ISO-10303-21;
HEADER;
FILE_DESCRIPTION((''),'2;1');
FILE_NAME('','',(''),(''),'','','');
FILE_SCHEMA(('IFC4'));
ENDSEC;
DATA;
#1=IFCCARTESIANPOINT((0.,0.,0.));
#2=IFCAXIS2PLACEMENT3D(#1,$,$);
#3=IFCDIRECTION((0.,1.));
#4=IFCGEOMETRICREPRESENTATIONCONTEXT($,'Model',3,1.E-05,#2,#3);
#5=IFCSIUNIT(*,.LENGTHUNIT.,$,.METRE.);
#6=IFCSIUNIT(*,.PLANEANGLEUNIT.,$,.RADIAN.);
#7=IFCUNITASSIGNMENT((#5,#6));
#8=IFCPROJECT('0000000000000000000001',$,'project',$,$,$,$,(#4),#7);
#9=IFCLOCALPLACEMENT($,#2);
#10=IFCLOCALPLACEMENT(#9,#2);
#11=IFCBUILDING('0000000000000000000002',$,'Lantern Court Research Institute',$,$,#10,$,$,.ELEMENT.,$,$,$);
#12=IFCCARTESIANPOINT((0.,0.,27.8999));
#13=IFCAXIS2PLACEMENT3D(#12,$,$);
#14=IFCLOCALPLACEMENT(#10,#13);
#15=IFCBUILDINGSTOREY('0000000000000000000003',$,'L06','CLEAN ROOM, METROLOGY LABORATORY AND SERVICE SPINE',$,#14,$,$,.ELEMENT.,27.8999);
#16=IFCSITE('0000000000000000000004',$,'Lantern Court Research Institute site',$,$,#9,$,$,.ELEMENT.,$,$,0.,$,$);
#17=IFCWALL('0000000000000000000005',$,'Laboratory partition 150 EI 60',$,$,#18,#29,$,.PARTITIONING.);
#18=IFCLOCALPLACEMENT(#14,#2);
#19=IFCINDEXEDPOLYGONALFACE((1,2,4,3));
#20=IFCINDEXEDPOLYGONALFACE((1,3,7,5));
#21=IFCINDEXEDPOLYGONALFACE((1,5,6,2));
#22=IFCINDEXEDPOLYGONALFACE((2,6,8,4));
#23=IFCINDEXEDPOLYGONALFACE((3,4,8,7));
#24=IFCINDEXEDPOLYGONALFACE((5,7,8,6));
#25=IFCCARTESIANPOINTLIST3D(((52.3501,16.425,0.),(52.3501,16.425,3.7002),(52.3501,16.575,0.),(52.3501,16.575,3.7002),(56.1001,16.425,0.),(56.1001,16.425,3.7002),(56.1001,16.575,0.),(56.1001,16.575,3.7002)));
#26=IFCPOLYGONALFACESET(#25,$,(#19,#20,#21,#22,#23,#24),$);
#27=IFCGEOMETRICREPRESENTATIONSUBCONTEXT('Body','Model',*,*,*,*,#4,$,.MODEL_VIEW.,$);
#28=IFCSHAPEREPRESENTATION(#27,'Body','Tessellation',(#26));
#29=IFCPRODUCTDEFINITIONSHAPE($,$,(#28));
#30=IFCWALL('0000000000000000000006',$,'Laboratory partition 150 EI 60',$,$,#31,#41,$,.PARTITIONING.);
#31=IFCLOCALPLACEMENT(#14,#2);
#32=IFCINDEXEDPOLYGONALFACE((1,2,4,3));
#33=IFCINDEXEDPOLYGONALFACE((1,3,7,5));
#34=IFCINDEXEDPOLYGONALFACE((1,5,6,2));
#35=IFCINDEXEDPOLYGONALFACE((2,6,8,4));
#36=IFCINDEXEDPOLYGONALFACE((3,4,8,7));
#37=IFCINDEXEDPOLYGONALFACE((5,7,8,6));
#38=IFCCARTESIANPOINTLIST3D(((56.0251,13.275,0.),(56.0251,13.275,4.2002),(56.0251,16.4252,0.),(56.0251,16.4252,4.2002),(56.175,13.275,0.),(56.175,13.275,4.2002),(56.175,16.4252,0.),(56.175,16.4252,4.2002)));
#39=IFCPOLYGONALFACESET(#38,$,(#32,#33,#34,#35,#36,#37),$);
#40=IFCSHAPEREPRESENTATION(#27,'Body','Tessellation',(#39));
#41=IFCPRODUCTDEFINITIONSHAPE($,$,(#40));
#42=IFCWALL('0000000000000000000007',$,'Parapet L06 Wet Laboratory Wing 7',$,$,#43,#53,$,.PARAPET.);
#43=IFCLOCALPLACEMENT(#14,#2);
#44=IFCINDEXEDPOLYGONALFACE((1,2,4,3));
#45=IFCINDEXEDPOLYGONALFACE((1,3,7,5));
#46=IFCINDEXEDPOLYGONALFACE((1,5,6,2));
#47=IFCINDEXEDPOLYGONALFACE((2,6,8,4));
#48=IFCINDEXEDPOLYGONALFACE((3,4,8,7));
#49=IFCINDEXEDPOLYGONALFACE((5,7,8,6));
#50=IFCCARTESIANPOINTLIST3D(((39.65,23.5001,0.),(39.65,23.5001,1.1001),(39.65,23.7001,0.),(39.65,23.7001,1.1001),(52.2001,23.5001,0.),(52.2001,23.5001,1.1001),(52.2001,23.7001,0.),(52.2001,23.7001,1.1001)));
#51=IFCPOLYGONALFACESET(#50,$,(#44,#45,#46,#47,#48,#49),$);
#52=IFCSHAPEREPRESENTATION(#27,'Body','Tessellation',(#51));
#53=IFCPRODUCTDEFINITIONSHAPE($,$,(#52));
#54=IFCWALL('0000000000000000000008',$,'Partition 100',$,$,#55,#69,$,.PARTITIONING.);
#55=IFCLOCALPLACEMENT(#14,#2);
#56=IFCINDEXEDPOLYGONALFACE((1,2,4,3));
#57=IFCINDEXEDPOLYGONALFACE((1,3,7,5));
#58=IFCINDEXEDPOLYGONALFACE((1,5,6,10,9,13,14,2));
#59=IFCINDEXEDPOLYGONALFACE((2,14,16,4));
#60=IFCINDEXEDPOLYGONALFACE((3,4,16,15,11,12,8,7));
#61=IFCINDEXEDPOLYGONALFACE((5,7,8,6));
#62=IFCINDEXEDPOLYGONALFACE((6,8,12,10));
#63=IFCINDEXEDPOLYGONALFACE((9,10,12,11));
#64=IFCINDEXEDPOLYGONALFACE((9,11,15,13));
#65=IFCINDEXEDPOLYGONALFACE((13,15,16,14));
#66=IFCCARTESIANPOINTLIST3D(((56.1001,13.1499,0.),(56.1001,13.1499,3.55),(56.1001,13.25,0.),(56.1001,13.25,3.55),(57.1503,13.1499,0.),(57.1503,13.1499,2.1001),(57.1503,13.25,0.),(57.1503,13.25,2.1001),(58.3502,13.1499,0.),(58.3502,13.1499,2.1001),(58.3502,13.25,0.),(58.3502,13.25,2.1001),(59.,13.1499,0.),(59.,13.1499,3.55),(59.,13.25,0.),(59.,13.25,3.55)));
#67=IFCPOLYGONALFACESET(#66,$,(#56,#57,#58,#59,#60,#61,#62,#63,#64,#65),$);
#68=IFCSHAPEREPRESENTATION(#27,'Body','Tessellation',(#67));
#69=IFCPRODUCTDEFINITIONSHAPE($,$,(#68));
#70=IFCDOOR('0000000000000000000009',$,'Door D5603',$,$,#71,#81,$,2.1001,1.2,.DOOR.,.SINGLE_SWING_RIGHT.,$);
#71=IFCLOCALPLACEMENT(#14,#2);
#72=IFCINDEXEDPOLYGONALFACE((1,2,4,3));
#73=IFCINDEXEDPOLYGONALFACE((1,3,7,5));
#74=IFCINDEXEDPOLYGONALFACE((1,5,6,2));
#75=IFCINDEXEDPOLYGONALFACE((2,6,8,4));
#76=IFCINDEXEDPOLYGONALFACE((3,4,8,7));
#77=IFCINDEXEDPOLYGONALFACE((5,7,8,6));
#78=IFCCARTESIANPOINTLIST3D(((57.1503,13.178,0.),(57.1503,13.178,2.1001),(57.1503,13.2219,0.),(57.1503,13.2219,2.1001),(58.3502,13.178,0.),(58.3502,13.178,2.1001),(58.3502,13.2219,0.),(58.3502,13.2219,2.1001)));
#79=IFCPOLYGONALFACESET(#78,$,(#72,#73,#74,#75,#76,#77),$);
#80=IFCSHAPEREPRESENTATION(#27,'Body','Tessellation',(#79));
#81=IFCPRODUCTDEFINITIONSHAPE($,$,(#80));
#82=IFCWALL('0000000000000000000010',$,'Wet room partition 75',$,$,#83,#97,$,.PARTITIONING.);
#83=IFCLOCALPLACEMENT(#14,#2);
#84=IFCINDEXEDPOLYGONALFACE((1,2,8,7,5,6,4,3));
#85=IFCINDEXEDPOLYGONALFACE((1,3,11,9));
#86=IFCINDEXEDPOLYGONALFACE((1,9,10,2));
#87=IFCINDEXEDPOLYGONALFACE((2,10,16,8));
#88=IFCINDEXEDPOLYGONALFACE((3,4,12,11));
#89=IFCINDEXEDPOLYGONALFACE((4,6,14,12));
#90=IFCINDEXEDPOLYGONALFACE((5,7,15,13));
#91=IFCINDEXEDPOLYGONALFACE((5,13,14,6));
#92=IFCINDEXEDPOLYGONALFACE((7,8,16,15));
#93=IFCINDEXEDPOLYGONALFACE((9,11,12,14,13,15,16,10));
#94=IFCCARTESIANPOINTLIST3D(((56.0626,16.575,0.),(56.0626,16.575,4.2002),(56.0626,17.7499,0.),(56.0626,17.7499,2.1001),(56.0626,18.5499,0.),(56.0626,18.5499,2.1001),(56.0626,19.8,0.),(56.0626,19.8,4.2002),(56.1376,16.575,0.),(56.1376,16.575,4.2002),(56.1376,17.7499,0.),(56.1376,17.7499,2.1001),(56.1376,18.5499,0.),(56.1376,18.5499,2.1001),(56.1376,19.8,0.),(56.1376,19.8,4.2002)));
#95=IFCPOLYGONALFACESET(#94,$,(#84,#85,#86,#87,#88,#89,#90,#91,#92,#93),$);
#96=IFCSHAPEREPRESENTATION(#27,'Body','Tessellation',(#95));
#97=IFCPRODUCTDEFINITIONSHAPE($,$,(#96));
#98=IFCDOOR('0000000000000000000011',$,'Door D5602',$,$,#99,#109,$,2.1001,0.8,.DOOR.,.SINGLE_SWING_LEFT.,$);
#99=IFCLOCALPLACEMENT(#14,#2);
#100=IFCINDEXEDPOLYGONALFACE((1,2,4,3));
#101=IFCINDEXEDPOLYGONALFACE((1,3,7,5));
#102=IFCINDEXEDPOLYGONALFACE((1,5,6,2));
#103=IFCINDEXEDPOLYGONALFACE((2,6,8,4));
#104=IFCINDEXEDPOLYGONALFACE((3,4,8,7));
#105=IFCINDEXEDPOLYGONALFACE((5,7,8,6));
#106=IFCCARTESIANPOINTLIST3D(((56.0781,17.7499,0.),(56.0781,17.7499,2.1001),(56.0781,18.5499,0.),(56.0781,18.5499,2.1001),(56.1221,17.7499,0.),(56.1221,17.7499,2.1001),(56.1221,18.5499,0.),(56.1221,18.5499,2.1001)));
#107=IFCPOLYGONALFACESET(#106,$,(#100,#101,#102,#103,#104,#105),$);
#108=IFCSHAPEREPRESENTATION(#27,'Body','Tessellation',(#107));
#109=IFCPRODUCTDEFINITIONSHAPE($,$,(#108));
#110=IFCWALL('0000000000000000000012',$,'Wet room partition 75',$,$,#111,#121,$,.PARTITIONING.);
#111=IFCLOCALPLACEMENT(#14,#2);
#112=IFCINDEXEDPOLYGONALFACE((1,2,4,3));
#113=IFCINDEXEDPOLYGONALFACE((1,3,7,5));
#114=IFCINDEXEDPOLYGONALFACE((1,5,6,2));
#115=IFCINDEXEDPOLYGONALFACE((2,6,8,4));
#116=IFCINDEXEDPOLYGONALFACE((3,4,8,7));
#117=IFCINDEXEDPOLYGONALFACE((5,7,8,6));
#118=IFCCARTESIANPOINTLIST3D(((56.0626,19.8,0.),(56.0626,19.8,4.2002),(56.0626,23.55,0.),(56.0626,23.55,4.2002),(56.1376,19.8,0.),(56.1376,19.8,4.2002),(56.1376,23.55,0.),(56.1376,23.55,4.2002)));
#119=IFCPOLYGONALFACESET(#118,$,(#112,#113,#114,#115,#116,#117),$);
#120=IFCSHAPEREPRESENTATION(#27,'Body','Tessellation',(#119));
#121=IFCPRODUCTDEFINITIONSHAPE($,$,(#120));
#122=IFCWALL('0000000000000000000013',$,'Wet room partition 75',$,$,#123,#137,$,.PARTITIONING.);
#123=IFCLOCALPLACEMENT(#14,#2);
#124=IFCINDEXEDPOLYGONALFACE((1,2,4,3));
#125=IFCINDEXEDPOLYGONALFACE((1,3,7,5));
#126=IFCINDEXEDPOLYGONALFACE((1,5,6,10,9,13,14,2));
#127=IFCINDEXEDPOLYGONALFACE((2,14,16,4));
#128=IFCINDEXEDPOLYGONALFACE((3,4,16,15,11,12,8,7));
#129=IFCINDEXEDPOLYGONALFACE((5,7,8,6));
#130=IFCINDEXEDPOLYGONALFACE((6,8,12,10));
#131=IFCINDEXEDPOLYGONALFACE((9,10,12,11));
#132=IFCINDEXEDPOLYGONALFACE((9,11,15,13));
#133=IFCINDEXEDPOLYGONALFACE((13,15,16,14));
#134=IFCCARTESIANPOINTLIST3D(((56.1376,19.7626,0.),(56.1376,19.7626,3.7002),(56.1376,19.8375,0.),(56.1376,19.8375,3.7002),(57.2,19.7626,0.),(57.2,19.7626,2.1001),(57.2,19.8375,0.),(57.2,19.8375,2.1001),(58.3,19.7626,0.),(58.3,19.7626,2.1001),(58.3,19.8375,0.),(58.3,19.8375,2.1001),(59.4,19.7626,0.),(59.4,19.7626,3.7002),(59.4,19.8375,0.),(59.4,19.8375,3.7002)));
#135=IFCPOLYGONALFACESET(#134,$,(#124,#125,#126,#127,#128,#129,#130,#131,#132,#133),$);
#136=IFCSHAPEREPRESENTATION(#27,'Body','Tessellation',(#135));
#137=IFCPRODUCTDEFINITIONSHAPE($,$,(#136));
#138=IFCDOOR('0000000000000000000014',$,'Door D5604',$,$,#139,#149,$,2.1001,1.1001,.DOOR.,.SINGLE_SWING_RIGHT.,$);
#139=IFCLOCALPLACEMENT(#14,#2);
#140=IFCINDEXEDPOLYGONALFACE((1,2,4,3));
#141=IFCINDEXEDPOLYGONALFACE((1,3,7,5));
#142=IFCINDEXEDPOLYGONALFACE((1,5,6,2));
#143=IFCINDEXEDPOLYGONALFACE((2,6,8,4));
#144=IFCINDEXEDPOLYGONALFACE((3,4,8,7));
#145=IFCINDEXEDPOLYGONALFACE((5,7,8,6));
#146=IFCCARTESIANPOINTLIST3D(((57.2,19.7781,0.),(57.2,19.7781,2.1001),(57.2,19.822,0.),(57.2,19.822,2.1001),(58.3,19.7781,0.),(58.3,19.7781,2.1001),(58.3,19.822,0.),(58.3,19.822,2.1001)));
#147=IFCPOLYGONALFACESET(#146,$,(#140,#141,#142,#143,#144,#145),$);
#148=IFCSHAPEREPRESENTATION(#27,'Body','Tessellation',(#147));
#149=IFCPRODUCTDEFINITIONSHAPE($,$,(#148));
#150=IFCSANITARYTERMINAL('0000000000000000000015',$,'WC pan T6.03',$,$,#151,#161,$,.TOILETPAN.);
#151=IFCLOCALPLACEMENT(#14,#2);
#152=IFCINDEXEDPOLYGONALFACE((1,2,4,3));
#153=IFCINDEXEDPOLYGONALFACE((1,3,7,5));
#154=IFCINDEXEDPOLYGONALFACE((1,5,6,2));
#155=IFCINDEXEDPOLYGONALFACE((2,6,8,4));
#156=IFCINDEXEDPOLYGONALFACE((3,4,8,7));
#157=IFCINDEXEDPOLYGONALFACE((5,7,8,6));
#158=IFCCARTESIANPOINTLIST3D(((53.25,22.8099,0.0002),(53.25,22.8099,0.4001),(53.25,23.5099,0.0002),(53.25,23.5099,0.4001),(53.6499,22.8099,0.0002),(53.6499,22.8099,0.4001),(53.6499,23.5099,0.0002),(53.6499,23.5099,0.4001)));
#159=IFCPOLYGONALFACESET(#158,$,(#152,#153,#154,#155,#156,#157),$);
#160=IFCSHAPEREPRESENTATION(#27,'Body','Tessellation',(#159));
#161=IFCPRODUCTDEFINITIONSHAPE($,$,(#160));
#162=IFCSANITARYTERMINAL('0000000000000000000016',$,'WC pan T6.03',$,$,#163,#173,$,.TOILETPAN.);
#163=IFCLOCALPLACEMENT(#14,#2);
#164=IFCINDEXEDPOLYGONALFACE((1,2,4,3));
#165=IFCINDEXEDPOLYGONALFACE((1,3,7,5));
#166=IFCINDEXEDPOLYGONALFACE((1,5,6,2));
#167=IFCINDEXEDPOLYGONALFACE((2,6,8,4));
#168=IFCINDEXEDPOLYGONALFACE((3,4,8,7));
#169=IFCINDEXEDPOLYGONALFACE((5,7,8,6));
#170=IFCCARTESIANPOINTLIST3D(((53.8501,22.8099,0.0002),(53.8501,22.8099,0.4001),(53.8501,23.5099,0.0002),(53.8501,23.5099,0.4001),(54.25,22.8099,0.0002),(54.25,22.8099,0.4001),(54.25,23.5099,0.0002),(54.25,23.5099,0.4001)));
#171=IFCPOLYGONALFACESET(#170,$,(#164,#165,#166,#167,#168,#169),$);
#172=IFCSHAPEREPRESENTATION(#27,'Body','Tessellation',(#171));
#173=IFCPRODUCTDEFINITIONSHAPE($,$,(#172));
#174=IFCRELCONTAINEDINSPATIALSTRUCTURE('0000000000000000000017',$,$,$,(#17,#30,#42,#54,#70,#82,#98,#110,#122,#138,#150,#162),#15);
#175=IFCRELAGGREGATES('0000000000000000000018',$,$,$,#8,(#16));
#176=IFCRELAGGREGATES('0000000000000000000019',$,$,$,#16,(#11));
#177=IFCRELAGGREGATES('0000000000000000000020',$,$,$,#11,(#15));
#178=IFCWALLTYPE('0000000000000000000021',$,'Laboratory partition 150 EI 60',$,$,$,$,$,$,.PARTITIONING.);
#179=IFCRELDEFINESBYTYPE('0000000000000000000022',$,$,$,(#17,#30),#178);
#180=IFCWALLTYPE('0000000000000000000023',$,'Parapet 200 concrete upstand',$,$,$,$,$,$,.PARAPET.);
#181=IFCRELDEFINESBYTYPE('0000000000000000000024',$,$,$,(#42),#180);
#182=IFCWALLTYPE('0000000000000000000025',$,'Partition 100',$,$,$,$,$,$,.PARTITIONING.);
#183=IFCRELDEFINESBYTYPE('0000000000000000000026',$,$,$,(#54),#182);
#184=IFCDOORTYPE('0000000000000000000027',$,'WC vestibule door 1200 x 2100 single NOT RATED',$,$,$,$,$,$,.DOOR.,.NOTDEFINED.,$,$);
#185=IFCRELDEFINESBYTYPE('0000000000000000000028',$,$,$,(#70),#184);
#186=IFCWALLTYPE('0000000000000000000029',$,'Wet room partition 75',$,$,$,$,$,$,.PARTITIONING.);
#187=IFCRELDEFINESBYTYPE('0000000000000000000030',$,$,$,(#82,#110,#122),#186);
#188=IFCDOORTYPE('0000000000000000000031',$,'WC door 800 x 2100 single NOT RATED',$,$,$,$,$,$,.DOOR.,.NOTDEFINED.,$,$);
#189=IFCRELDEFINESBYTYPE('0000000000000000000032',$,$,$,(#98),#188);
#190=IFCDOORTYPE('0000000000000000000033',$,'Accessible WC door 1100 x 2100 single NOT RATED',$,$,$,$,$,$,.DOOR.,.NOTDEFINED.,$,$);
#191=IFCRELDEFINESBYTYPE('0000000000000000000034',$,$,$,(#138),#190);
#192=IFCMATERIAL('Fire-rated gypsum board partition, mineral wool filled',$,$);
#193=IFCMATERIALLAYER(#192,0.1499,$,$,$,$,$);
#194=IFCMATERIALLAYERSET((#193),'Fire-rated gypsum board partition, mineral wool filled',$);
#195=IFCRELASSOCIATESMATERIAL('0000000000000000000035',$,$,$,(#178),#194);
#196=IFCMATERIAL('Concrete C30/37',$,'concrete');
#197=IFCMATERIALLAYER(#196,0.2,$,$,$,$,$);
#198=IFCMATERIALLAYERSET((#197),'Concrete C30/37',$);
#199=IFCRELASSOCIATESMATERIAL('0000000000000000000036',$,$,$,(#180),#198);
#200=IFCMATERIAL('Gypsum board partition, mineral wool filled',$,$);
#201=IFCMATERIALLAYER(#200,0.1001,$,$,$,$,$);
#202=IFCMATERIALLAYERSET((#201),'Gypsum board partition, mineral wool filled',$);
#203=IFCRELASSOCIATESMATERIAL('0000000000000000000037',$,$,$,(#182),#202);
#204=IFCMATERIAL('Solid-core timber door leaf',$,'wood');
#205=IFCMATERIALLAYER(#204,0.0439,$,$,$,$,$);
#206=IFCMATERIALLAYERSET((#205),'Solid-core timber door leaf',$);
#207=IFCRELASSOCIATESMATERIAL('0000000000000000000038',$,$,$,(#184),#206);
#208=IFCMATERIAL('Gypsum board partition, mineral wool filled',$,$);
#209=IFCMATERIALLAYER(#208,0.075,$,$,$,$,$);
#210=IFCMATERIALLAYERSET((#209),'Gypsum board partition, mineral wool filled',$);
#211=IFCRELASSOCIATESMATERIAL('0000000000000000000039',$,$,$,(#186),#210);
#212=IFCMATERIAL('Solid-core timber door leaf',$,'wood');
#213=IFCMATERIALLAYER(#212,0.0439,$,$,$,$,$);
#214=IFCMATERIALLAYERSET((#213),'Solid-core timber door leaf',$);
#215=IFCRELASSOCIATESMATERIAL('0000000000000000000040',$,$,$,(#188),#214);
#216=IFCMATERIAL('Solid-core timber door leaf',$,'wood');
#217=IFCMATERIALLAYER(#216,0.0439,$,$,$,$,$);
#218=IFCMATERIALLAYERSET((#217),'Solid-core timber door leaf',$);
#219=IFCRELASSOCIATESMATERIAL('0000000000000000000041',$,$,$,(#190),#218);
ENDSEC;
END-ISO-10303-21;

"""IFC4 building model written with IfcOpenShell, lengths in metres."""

from ifc_helpers import new_model, si_unit, direction, frame, frame_2d, origin, origin_2d, place, context, subcontext, project, spatial, rectangle, extrude, material, layer, layer_set, type_object, element, fill, save


model = new_model("IFC4")

# Units and contexts
model_context = context("Model", 3, precision=1e-05, world=origin(), true_north=direction((0.0, 1.0)))
body_context = subcontext(model_context, "Body", "Model", "MODEL_VIEW")
ifc_project = project(units=[si_unit("LENGTHUNIT", "METRE"), si_unit("PLANEANGLEUNIT", "RADIAN")], contexts=[model_context])

# Site, building, storey
site_placement = place(None, origin())
site = spatial("IfcSite", under=ifc_project, at=site_placement, Name="Lantern Court Research Institute site", CompositionType="ELEMENT", RefElevation=0.0)
building_placement = place(site_placement, origin())
building = spatial("IfcBuilding", under=site, at=building_placement, Name="Lantern Court Research Institute", CompositionType="ELEMENT")
storey_placement = place(building_placement, frame((0.0, 0.0, 27.8999)))
storey = spatial("IfcBuildingStorey", under=building, at=storey_placement, Name="L06", Description="CLEAN ROOM, METROLOGY LABORATORY AND SERVICE SPINE", CompositionType="ELEMENT", Elevation=27.8999)

# Shared definitions
ifc_material_1 = material(Name="Fire-rated gypsum board partition, mineral wool filled")
ifc_layer_1 = layer(ifc_material_1, 0.1499)
ifc_layer_set_1 = layer_set([ifc_layer_1], Name="Fire-rated gypsum board partition, mineral wool filled")
wall_type_1 = type_object("IfcWallType", Name="Laboratory partition 150 EI 60", PredefinedType="PARTITIONING", material=ifc_layer_set_1)

# Walls
wall_1_placement = place(storey_placement, frame((56.1001, 16.5, 0.0), z_axis=(0.0, 0.0, 1.0), x_axis=(-1.0, 0.0, 0.0)))
element("IfcWall", 1, at=wall_1_placement, inside=storey, type_object=wall_type_1, Name="Laboratory partition 150 EI 60", PredefinedType="PARTITIONING", context=body_context, shape_type="SweptSolid", body=[
    extrude(rectangle(XDim=3.75, YDim=0.1499, at=frame_2d((1.875, 0.0))), origin(), (0.0, 0.0, 1.0), 3.7002),
])
wall_2_placement = place(storey_placement, frame((56.1001, 13.2749, 0.0), z_axis=(0.0, 0.0, 1.0), x_axis=(0.0, 1.0, 0.0)))
element("IfcWall", 2, at=wall_2_placement, inside=storey, type_object=wall_type_1, Name="Laboratory partition 150 EI 60", PredefinedType="PARTITIONING", context=body_context, shape_type="SweptSolid", body=[
    extrude(rectangle(XDim=3.1501, YDim=0.1499, at=frame_2d((1.5752, 0.0))), origin(), (0.0, 0.0, 1.0), 4.2002),
])
ifc_material_2 = material(Name="Concrete C30/37", Category="concrete")
ifc_layer_2 = layer(ifc_material_2, 0.2)
ifc_layer_set_2 = layer_set([ifc_layer_2], Name="Concrete C30/37")
wall_type_2 = type_object("IfcWallType", Name="Parapet 200 concrete upstand", PredefinedType="PARAPET", material=ifc_layer_set_2)
wall_3_placement = place(storey_placement, frame((52.2, 23.6001, 0.0), z_axis=(0.0, 0.0, 1.0), x_axis=(-1.0, 0.0, 0.0)))
element("IfcWall", 3, at=wall_3_placement, inside=storey, type_object=wall_type_2, Name="Parapet L06 Wet Laboratory Wing 7", PredefinedType="PARAPET", context=body_context, shape_type="SweptSolid", body=[
    extrude(rectangle(XDim=12.55, YDim=0.2, at=frame_2d((6.2749, 0.0))), origin(), (0.0, 0.0, 1.0), 1.1001),
])

# Walls, openings, doors
ifc_material_3 = material(Name="Gypsum board partition, mineral wool filled")
ifc_layer_3 = layer(ifc_material_3, 0.1001)
ifc_layer_set_3 = layer_set([ifc_layer_3], Name="Gypsum board partition, mineral wool filled")
wall_type_3 = type_object("IfcWallType", Name="Partition 100", PredefinedType="PARTITIONING", material=ifc_layer_set_3)
wall_4_placement = place(storey_placement, frame((56.1001, 13.2, 0.0), z_axis=(0.0, 0.0, 1.0), x_axis=(1.0, 0.0, 0.0)))
wall_4 = element("IfcWall", 4, at=wall_4_placement, inside=storey, type_object=wall_type_3, Name="Partition 100", PredefinedType="PARTITIONING", context=body_context, shape_type="SweptSolid", body=[
    extrude(rectangle(XDim=2.8999, YDim=0.1001, at=frame_2d((1.45, 0.0))), origin(), (0.0, 0.0, 1.0), 3.55),
])
opening_1_placement = place(wall_4_placement, frame((1.05, 0.0, 0.0)))
opening_1 = element("IfcOpeningElement", 5, at=opening_1_placement, cuts=wall_4, PredefinedType="OPENING", context=body_context, shape_type="SweptSolid", body=[
    extrude(rectangle(XDim=1.2, YDim=2.1001, at=frame_2d((0.6001, 1.05))), frame((0.0, 0.0601, 0.0), z_axis=(0.0, -1.0, 0.0), x_axis=(1.0, 0.0, 0.0)), (0.0, 0.0, 1.0), 0.1201),
])
ifc_material_4 = material(Name="Solid-core timber door leaf", Category="wood")
ifc_layer_4 = layer(ifc_material_4, 0.0439)
ifc_layer_set_4 = layer_set([ifc_layer_4], Name="Solid-core timber door leaf")
door_type_1 = type_object("IfcDoorType", Name="WC vestibule door 1200 x 2100 single NOT RATED", OperationType="NOTDEFINED", PredefinedType="DOOR", material=ifc_layer_set_4)
door_1_placement = place(opening_1_placement, origin())
door_1 = element("IfcDoor", 6, at=door_1_placement, inside=storey, type_object=door_type_1, Name="Door D5603", OperationType="SINGLE_SWING_RIGHT", OverallHeight=2.1001, OverallWidth=1.2, PredefinedType="DOOR", context=body_context, shape_type="SweptSolid", body=[
    extrude(rectangle(XDim=1.2, YDim=2.1001, at=frame_2d((0.6001, 1.05))), frame((0.0, 0.022, 0.0), z_axis=(0.0, -1.0, 0.0), x_axis=(1.0, 0.0, 0.0)), (0.0, 0.0, 1.0), 0.0439),
])
fill(opening_1, door_1)
ifc_material_5 = material(Name="Gypsum board partition, mineral wool filled")
ifc_layer_5 = layer(ifc_material_5, 0.075)
ifc_layer_set_5 = layer_set([ifc_layer_5], Name="Gypsum board partition, mineral wool filled")
wall_type_4 = type_object("IfcWallType", Name="Wet room partition 75", PredefinedType="PARTITIONING", material=ifc_layer_set_5)
wall_5_placement = place(storey_placement, frame((56.1001, 16.575, 0.0), z_axis=(0.0, 0.0, 1.0), x_axis=(0.0, 1.0, 0.0)))
wall_5 = element("IfcWall", 7, at=wall_5_placement, inside=storey, type_object=wall_type_4, Name="Wet room partition 75", PredefinedType="PARTITIONING", context=body_context, shape_type="SweptSolid", body=[
    extrude(rectangle(XDim=3.2251, YDim=0.075, at=frame_2d((1.6125, 0.0))), origin(), (0.0, 0.0, 1.0), 4.2002),
])
opening_2_placement = place(wall_5_placement, frame((1.175, 0.0, 0.0)))
opening_2 = element("IfcOpeningElement", 8, at=opening_2_placement, cuts=wall_5, PredefinedType="OPENING", context=body_context, shape_type="SweptSolid", body=[
    extrude(rectangle(XDim=0.8, YDim=2.1001, at=frame_2d((0.3999, 1.05))), frame((0.0, 0.0474, 0.0), z_axis=(0.0, -1.0, 0.0), x_axis=(1.0, 0.0, 0.0)), (0.0, 0.0, 1.0), 0.095),
])
ifc_material_6 = material(Name="Solid-core timber door leaf", Category="wood")
ifc_layer_6 = layer(ifc_material_6, 0.0439)
ifc_layer_set_6 = layer_set([ifc_layer_6], Name="Solid-core timber door leaf")
door_type_2 = type_object("IfcDoorType", Name="WC door 800 x 2100 single NOT RATED", OperationType="NOTDEFINED", PredefinedType="DOOR", material=ifc_layer_set_6)
door_2_placement = place(opening_2_placement, origin())
door_2 = element("IfcDoor", 9, at=door_2_placement, inside=storey, type_object=door_type_2, Name="Door D5602", OperationType="SINGLE_SWING_LEFT", OverallHeight=2.1001, OverallWidth=0.8, PredefinedType="DOOR", context=body_context, shape_type="SweptSolid", body=[
    extrude(rectangle(XDim=0.8, YDim=2.1001, at=frame_2d((0.3999, 1.05))), frame((0.0, 0.022, 0.0), z_axis=(0.0, -1.0, 0.0), x_axis=(1.0, 0.0, 0.0)), (0.0, 0.0, 1.0), 0.0439),
])
fill(opening_2, door_2)

# Wall
wall_6_placement = place(storey_placement, frame((56.1001, 19.8, 0.0), z_axis=(0.0, 0.0, 1.0), x_axis=(0.0, 1.0, 0.0)))
element("IfcWall", 10, at=wall_6_placement, inside=storey, type_object=wall_type_4, Name="Wet room partition 75", PredefinedType="PARTITIONING", context=body_context, shape_type="SweptSolid", body=[
    extrude(rectangle(XDim=3.75, YDim=0.075, at=frame_2d((1.875, 0.0))), origin(), (0.0, 0.0, 1.0), 4.2002),
])

# Wall, opening, door
wall_7_placement = place(storey_placement, frame((56.1375, 19.8, 0.0), z_axis=(0.0, 0.0, 1.0), x_axis=(1.0, 0.0, 0.0)))
wall_7 = element("IfcWall", 11, at=wall_7_placement, inside=storey, type_object=wall_type_4, Name="Wet room partition 75", PredefinedType="PARTITIONING", context=body_context, shape_type="SweptSolid", body=[
    extrude(rectangle(XDim=3.2625, YDim=0.075, at=frame_2d((1.6313, 0.0))), origin(), (0.0, 0.0, 1.0), 3.7002),
])
opening_3_placement = place(wall_7_placement, frame((1.0625, 0.0, 0.0)))
opening_3 = element("IfcOpeningElement", 12, at=opening_3_placement, cuts=wall_7, PredefinedType="OPENING", context=body_context, shape_type="SweptSolid", body=[
    extrude(rectangle(XDim=1.1001, YDim=2.1001, at=frame_2d((0.55, 1.05))), frame((0.0, 0.0474, 0.0), z_axis=(0.0, -1.0, 0.0), x_axis=(1.0, 0.0, 0.0)), (0.0, 0.0, 1.0), 0.095),
])
ifc_material_7 = material(Name="Solid-core timber door leaf", Category="wood")
ifc_layer_7 = layer(ifc_material_7, 0.0439)
ifc_layer_set_7 = layer_set([ifc_layer_7], Name="Solid-core timber door leaf")
door_type_3 = type_object("IfcDoorType", Name="Accessible WC door 1100 x 2100 single NOT RATED", OperationType="NOTDEFINED", PredefinedType="DOOR", material=ifc_layer_set_7)
door_3_placement = place(opening_3_placement, origin())
door_3 = element("IfcDoor", 13, at=door_3_placement, inside=storey, type_object=door_type_3, Name="Door D5604", OperationType="SINGLE_SWING_RIGHT", OverallHeight=2.1001, OverallWidth=1.1001, PredefinedType="DOOR", context=body_context, shape_type="SweptSolid", body=[
    extrude(rectangle(XDim=1.1001, YDim=2.1001, at=frame_2d((0.55, 1.05))), frame((0.0, 0.022, 0.0), z_axis=(0.0, -1.0, 0.0), x_axis=(1.0, 0.0, 0.0)), (0.0, 0.0, 1.0), 0.0439),
])
fill(opening_3, door_3)

# Sanitary terminals
for number, where, z_axis, x_axis, name in (
    (14, (53.45, 23.1599, 0.0002), (0.0, 0.0, 1.0), (1.0, 0.0, 0.0), "WC pan T6.03"),
    (15, (54.05, 23.1599, 0.0002), (0.0, 0.0, 1.0), (1.0, 0.0, 0.0), "WC pan T6.03"),
):
    element("IfcSanitaryTerminal", number, at=place(storey_placement, frame(where, z_axis=z_axis, x_axis=x_axis)), inside=storey, Name=name, PredefinedType="TOILETPAN", context=body_context, shape_type="SweptSolid", body=[
        extrude(rectangle(XDim=0.3999, YDim=0.7, at=origin_2d()), origin(), (0.0, 0.0, 1.0), 0.3999),
    ])

save(model, "model.ifc")
